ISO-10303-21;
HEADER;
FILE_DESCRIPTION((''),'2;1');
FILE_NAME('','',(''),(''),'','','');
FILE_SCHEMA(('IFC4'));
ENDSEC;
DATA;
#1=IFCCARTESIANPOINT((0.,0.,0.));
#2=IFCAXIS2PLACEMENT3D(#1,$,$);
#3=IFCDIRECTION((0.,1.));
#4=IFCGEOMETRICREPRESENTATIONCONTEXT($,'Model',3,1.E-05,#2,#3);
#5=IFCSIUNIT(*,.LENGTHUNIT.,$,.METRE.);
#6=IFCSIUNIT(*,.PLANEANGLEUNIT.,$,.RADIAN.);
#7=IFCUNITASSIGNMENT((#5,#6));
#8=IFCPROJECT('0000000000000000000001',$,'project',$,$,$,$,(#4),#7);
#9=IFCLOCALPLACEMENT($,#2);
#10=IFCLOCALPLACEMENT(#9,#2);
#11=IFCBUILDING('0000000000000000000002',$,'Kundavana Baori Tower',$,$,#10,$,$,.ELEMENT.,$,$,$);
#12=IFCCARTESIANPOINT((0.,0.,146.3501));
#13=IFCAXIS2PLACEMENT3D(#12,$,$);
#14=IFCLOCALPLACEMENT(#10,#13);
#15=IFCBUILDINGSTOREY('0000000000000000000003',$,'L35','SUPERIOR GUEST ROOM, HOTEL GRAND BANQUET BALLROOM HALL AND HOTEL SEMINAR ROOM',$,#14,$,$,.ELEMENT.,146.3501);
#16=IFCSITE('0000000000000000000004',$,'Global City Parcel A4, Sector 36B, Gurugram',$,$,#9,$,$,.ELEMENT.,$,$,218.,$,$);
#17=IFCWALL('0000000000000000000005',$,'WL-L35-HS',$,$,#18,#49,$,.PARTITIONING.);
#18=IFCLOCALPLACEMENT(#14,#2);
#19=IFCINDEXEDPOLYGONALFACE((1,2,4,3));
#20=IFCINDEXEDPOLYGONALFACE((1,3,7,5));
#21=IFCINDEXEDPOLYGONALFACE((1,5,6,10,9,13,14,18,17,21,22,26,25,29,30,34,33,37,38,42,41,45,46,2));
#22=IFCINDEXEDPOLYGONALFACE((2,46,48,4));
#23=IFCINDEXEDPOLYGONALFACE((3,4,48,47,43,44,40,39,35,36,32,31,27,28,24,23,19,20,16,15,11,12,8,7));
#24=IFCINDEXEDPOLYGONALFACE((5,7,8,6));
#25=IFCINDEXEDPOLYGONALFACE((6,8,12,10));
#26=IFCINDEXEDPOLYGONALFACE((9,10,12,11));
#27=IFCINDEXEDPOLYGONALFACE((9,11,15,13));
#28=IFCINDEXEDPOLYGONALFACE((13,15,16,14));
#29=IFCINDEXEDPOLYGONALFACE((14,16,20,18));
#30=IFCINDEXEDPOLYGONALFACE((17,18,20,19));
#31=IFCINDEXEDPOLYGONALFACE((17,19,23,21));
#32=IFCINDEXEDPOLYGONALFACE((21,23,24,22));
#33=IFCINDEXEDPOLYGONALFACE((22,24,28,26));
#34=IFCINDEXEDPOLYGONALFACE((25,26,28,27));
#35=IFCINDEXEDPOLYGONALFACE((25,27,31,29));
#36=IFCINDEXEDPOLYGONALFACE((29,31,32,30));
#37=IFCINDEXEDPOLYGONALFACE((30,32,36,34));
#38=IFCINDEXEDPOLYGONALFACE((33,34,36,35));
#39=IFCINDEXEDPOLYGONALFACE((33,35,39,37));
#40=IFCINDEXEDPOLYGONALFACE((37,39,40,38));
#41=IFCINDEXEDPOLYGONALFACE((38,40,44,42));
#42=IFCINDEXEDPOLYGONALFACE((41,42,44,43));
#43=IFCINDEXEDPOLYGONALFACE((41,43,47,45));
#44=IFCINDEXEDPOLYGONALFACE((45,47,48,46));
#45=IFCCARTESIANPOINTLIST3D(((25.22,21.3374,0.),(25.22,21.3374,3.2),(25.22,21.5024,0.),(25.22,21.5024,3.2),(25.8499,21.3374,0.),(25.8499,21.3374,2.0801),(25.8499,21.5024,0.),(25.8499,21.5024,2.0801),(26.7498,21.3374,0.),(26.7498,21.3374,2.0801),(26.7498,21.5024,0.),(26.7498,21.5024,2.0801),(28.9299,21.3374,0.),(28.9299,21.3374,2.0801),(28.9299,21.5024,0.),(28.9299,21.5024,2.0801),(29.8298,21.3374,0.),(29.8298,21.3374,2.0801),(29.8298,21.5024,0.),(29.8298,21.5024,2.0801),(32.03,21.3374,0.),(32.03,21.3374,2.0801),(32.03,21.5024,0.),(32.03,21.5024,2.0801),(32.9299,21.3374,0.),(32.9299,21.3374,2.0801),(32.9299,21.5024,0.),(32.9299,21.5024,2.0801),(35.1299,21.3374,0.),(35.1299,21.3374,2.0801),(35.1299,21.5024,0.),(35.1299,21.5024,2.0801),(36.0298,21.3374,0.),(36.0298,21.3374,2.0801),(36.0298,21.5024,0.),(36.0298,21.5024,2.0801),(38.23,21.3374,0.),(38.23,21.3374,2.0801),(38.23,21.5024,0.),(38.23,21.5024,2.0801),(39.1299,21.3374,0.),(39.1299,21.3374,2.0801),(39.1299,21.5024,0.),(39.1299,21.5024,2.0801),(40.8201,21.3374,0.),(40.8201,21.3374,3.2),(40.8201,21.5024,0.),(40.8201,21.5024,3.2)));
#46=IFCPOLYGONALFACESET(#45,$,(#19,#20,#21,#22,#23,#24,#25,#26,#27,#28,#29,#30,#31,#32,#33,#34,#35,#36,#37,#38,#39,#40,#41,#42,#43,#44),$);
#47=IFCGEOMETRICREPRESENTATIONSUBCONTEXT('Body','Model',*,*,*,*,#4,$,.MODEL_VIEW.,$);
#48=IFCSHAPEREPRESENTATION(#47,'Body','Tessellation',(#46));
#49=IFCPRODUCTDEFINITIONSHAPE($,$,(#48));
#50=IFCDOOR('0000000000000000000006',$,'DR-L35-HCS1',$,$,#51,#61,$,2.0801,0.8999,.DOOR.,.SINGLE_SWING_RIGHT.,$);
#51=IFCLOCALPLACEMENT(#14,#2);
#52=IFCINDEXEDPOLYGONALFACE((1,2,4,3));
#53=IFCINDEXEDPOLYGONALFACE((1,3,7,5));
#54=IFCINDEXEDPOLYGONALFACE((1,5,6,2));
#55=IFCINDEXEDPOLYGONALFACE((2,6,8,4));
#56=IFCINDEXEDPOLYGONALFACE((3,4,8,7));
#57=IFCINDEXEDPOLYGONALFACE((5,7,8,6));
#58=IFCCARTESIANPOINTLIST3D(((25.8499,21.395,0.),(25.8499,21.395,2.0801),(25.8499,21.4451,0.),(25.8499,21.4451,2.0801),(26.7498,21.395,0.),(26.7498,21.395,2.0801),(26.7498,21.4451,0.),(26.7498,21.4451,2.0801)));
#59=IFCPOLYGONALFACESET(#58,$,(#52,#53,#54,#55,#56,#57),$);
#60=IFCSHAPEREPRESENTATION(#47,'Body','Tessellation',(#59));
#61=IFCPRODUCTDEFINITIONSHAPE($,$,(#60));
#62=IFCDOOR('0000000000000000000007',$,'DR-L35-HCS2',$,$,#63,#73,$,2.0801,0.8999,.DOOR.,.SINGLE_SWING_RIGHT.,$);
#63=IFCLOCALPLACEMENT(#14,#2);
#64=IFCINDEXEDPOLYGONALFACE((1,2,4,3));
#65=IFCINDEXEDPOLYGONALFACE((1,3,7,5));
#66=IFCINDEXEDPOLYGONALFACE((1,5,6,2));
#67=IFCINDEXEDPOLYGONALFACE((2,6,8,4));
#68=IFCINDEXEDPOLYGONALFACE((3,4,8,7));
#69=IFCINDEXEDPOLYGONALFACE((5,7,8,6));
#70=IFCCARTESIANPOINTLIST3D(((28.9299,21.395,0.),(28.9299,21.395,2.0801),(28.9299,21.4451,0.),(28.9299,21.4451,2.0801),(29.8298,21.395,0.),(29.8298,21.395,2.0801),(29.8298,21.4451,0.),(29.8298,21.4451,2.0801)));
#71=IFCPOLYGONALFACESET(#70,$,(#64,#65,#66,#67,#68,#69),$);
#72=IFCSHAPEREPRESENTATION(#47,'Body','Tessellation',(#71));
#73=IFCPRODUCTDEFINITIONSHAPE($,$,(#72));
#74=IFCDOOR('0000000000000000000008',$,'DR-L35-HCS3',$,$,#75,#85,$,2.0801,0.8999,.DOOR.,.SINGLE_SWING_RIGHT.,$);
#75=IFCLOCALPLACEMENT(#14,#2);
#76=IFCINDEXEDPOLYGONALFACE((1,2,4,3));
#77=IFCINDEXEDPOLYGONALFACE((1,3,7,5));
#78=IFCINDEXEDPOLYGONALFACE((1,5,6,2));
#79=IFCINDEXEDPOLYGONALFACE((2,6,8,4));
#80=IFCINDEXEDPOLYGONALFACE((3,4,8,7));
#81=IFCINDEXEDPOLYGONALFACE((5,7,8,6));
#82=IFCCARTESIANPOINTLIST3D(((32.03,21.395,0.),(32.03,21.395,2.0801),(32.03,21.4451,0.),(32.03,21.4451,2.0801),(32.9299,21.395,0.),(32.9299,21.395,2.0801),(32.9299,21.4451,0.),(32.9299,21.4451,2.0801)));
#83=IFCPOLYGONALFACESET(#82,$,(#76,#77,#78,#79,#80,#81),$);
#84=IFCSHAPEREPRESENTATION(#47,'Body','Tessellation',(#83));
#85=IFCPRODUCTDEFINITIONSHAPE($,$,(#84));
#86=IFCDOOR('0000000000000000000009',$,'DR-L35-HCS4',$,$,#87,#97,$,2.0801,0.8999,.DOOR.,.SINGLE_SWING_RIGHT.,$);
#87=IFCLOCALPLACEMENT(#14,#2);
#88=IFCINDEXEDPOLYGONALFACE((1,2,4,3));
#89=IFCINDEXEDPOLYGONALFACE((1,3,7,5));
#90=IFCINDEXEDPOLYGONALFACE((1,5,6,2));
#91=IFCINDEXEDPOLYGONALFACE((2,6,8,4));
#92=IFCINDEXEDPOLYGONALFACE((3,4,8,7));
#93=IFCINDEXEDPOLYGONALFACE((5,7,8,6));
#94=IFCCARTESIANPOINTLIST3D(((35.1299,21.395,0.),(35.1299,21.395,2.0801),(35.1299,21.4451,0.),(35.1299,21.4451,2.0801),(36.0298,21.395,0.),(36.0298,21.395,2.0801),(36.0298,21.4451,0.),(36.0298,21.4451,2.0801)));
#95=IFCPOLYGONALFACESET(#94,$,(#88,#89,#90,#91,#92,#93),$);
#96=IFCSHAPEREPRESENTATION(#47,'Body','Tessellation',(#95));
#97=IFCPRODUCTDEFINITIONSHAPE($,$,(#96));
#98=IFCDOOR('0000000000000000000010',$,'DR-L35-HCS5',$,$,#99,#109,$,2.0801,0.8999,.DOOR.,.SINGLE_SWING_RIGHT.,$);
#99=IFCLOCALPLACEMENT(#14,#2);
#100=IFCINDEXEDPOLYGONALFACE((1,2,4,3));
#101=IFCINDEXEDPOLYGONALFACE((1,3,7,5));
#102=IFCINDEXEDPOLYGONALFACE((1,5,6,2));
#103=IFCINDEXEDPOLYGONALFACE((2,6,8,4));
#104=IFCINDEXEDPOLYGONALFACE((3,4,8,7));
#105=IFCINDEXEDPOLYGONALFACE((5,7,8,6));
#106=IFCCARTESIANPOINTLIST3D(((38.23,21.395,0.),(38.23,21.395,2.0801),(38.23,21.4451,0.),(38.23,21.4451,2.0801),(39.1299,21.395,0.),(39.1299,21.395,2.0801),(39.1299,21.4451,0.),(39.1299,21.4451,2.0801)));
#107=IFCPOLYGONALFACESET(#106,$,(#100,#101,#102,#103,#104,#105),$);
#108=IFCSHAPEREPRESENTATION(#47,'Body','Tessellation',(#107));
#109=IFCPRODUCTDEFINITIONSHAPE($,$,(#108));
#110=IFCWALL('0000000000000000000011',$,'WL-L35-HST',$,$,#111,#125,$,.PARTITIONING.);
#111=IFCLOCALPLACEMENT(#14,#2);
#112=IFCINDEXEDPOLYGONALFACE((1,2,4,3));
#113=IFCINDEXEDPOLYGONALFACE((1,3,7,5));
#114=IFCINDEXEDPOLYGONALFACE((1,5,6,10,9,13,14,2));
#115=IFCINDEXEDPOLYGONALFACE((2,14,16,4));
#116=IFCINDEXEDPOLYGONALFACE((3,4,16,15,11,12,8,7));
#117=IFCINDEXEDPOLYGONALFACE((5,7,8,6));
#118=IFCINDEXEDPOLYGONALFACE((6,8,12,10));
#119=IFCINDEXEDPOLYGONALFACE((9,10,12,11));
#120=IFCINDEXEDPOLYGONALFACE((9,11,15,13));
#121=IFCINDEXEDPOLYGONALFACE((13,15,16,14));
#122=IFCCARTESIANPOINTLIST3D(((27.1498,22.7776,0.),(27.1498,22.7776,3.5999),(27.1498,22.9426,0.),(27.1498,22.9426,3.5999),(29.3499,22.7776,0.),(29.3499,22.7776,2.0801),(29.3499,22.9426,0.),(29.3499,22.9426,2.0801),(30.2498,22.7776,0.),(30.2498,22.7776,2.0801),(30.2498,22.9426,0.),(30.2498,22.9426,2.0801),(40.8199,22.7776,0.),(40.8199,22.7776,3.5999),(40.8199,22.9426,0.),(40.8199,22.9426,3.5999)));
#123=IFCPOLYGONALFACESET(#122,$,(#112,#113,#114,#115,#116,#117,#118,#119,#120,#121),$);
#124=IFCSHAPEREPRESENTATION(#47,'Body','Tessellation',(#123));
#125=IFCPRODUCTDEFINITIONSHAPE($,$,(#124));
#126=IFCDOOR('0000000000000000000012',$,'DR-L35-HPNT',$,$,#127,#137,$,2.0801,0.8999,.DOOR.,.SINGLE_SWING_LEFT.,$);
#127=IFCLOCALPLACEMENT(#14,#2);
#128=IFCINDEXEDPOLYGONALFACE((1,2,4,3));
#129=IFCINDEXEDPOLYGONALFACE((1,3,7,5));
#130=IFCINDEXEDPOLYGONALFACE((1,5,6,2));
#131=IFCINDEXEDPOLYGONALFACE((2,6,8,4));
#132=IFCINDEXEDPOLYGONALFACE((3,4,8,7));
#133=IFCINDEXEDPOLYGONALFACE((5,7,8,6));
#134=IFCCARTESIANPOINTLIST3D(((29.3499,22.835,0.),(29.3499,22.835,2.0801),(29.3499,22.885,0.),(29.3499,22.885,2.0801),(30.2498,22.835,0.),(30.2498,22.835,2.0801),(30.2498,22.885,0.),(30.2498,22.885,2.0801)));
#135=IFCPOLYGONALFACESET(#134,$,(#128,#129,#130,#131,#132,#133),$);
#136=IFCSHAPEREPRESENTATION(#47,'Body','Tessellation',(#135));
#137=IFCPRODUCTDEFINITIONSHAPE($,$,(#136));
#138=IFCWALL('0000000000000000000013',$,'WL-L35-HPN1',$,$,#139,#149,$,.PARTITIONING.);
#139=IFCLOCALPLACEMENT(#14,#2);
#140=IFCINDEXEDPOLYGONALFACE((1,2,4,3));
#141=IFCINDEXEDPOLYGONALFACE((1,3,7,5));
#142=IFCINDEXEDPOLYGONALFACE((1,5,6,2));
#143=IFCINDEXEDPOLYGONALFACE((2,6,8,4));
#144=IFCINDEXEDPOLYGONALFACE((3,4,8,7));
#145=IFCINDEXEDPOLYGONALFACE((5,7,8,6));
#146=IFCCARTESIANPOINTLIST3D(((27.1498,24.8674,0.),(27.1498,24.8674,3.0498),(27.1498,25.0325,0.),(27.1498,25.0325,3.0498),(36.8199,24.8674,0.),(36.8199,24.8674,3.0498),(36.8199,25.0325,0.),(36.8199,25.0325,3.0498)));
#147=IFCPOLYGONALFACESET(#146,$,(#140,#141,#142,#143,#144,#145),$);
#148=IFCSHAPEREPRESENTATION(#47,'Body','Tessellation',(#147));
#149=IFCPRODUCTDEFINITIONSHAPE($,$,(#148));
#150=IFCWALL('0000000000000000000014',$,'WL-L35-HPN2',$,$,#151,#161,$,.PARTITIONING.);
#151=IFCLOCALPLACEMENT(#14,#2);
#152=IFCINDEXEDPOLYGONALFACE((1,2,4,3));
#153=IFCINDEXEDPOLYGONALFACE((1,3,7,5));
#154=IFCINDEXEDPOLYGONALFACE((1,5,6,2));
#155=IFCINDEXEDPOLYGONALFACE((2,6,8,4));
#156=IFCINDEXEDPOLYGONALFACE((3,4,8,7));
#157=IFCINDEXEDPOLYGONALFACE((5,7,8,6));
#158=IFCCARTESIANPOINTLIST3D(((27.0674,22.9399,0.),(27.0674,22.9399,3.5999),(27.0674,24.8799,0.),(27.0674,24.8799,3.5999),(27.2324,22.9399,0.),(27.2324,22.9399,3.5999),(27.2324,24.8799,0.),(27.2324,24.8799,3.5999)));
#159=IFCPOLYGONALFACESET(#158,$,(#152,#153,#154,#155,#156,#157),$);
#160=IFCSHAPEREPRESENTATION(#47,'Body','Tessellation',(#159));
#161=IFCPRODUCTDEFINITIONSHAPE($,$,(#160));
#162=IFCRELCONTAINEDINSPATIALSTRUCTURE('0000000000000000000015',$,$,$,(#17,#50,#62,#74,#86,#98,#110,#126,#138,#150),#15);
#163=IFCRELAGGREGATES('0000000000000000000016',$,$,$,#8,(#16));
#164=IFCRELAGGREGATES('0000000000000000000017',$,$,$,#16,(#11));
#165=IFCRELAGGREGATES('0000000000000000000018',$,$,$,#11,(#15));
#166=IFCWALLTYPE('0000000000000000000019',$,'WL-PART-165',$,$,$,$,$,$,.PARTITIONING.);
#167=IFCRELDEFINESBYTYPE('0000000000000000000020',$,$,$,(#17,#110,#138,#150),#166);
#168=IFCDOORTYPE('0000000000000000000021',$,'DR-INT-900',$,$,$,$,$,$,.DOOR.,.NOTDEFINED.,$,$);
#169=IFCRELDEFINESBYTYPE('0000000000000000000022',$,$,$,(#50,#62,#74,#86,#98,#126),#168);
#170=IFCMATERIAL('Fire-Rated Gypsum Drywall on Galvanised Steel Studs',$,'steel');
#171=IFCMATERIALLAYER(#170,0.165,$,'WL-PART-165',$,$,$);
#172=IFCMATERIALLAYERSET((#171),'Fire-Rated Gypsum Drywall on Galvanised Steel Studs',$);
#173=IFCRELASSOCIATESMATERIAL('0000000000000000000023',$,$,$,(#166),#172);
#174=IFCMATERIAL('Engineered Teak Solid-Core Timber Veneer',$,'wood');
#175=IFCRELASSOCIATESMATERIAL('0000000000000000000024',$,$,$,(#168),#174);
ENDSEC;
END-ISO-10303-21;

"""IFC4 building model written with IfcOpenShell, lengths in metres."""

from ifc_helpers import new_model, si_unit, direction, frame, frame_2d, origin, place, context, subcontext, project, spatial, rectangle, extrude, material, layer, layer_set, type_object, element, fill, save


model = new_model("IFC4")

# Units and contexts
model_context = context("Model", 3, precision=1e-05, world=origin(), true_north=direction((0.0, 1.0)))
body_context = subcontext(model_context, "Body", "Model", "MODEL_VIEW")
ifc_project = project(units=[si_unit("LENGTHUNIT", "METRE"), si_unit("PLANEANGLEUNIT", "RADIAN")], contexts=[model_context])

# Site, building, storey
site_placement = place(None, origin())
site = spatial("IfcSite", under=ifc_project, at=site_placement, Name="Global City Parcel A4, Sector 36B, Gurugram", CompositionType="ELEMENT", RefElevation=218.0)
building_placement = place(site_placement, origin())
building = spatial("IfcBuilding", under=site, at=building_placement, Name="Kundavana Baori Tower", CompositionType="ELEMENT")
storey_placement = place(building_placement, frame((0.0, 0.0, 146.3501)))
storey = spatial("IfcBuildingStorey", under=building, at=storey_placement, Name="L35", Description="SUPERIOR GUEST ROOM, HOTEL GRAND BANQUET BALLROOM HALL AND HOTEL SEMINAR ROOM", CompositionType="ELEMENT", Elevation=146.3501)

# Wall, openings, doors
ifc_material_1 = material(Name="Fire-Rated Gypsum Drywall on Galvanised Steel Studs", Category="steel")
ifc_layer = layer(ifc_material_1, 0.165, Name="WL-PART-165")
ifc_layer_set = layer_set([ifc_layer], Name="Fire-Rated Gypsum Drywall on Galvanised Steel Studs")
wall_type = type_object("IfcWallType", Name="WL-PART-165", PredefinedType="PARTITIONING", material=ifc_layer_set)
wall_1_placement = place(storey_placement, frame((25.22, 21.4199, 0.0), z_axis=(0.0, 0.0, 1.0), x_axis=(1.0, 0.0, 0.0)))
wall_1 = element("IfcWall", 1, at=wall_1_placement, inside=storey, type_object=wall_type, Name="WL-L35-HS", PredefinedType="PARTITIONING", context=body_context, shape_type="SweptSolid", body=[
    extrude(rectangle(XDim=15.6001, YDim=0.165, at=frame_2d((7.8, 0.0))), origin(), (0.0, 0.0, 1.0), 3.2),
])
opening_1_placement = place(wall_1_placement, frame((0.6299, 0.0, 0.0)))
opening_1 = element("IfcOpeningElement", 2, at=opening_1_placement, cuts=wall_1, PredefinedType="OPENING", context=body_context, shape_type="SweptSolid", body=[
    extrude(rectangle(XDim=0.8999, YDim=2.0801, at=frame_2d((0.45, 1.04))), frame((0.0, 0.0925, 0.0), z_axis=(0.0, -1.0, 0.0), x_axis=(1.0, 0.0, 0.0)), (0.0, 0.0, 1.0), 0.1851),
])
opening_2_placement = place(wall_1_placement, frame((3.71, 0.0, 0.0)))
opening_2 = element("IfcOpeningElement", 3, at=opening_2_placement, cuts=wall_1, PredefinedType="OPENING", context=body_context, shape_type="SweptSolid", body=[
    extrude(rectangle(XDim=0.8999, YDim=2.0801, at=frame_2d((0.45, 1.04))), frame((0.0, 0.0925, 0.0), z_axis=(0.0, -1.0, 0.0), x_axis=(1.0, 0.0, 0.0)), (0.0, 0.0, 1.0), 0.1851),
])
opening_3_placement = place(wall_1_placement, frame((6.8101, 0.0, 0.0)))
opening_3 = element("IfcOpeningElement", 4, at=opening_3_placement, cuts=wall_1, PredefinedType="OPENING", context=body_context, shape_type="SweptSolid", body=[
    extrude(rectangle(XDim=0.8999, YDim=2.0801, at=frame_2d((0.45, 1.04))), frame((0.0, 0.0925, 0.0), z_axis=(0.0, -1.0, 0.0), x_axis=(1.0, 0.0, 0.0)), (0.0, 0.0, 1.0), 0.1851),
])
opening_4_placement = place(wall_1_placement, frame((9.9099, 0.0, 0.0)))
opening_4 = element("IfcOpeningElement", 5, at=opening_4_placement, cuts=wall_1, PredefinedType="OPENING", context=body_context, shape_type="SweptSolid", body=[
    extrude(rectangle(XDim=0.8999, YDim=2.0801, at=frame_2d((0.45, 1.04))), frame((0.0, 0.0925, 0.0), z_axis=(0.0, -1.0, 0.0), x_axis=(1.0, 0.0, 0.0)), (0.0, 0.0, 1.0), 0.1851),
])
opening_5_placement = place(wall_1_placement, frame((13.01, 0.0, 0.0)))
opening_5 = element("IfcOpeningElement", 6, at=opening_5_placement, cuts=wall_1, PredefinedType="OPENING", context=body_context, shape_type="SweptSolid", body=[
    extrude(rectangle(XDim=0.8999, YDim=2.0801, at=frame_2d((0.45, 1.04))), frame((0.0, 0.0925, 0.0), z_axis=(0.0, -1.0, 0.0), x_axis=(1.0, 0.0, 0.0)), (0.0, 0.0, 1.0), 0.1851),
])
ifc_material_2 = material(Name="Engineered Teak Solid-Core Timber Veneer", Category="wood")
door_type_1 = type_object("IfcDoorType", Name="DR-INT-900", OperationType="NOTDEFINED", PredefinedType="DOOR", material=ifc_material_2)
door_1_placement = place(opening_1_placement, frame((0.8999, 0.0, 0.0), z_axis=(0.0, 0.0, 1.0), x_axis=(-1.0, 0.0, 0.0)))
door_1 = element("IfcDoor", 7, at=door_1_placement, inside=storey, type_object=door_type_1, Name="DR-L35-HCS1", OperationType="SINGLE_SWING_RIGHT", OverallHeight=2.0801, OverallWidth=0.8999, PredefinedType="DOOR", context=body_context, shape_type="SweptSolid", body=[
    extrude(rectangle(XDim=0.8999, YDim=2.0801, at=frame_2d((0.45, 1.04))), frame((0.0, 0.0249, 0.0), z_axis=(0.0, -1.0, 0.0), x_axis=(1.0, 0.0, 0.0)), (0.0, 0.0, 1.0), 0.05),
])
fill(opening_1, door_1)
door_2_placement = place(opening_2_placement, frame((0.8999, 0.0, 0.0), z_axis=(0.0, 0.0, 1.0), x_axis=(-1.0, 0.0, 0.0)))
door_2 = element("IfcDoor", 8, at=door_2_placement, inside=storey, type_object=door_type_1, Name="DR-L35-HCS2", OperationType="SINGLE_SWING_RIGHT", OverallHeight=2.0801, OverallWidth=0.8999, PredefinedType="DOOR", context=body_context, shape_type="SweptSolid", body=[
    extrude(rectangle(XDim=0.8999, YDim=2.0801, at=frame_2d((0.45, 1.04))), frame((0.0, 0.0249, 0.0), z_axis=(0.0, -1.0, 0.0), x_axis=(1.0, 0.0, 0.0)), (0.0, 0.0, 1.0), 0.05),
])
fill(opening_2, door_2)
door_3_placement = place(opening_3_placement, frame((0.8999, 0.0, 0.0), z_axis=(0.0, 0.0, 1.0), x_axis=(-1.0, 0.0, 0.0)))
door_3 = element("IfcDoor", 9, at=door_3_placement, inside=storey, type_object=door_type_1, Name="DR-L35-HCS3", OperationType="SINGLE_SWING_RIGHT", OverallHeight=2.0801, OverallWidth=0.8999, PredefinedType="DOOR", context=body_context, shape_type="SweptSolid", body=[
    extrude(rectangle(XDim=0.8999, YDim=2.0801, at=frame_2d((0.45, 1.04))), frame((0.0, 0.0249, 0.0), z_axis=(0.0, -1.0, 0.0), x_axis=(1.0, 0.0, 0.0)), (0.0, 0.0, 1.0), 0.05),
])
fill(opening_3, door_3)
door_4_placement = place(opening_4_placement, frame((0.8999, 0.0, 0.0), z_axis=(0.0, 0.0, 1.0), x_axis=(-1.0, 0.0, 0.0)))
door_4 = element("IfcDoor", 10, at=door_4_placement, inside=storey, type_object=door_type_1, Name="DR-L35-HCS4", OperationType="SINGLE_SWING_RIGHT", OverallHeight=2.0801, OverallWidth=0.8999, PredefinedType="DOOR", context=body_context, shape_type="SweptSolid", body=[
    extrude(rectangle(XDim=0.8999, YDim=2.0801, at=frame_2d((0.45, 1.04))), frame((0.0, 0.0249, 0.0), z_axis=(0.0, -1.0, 0.0), x_axis=(1.0, 0.0, 0.0)), (0.0, 0.0, 1.0), 0.05),
])
fill(opening_4, door_4)
door_5_placement = place(opening_5_placement, frame((0.8999, 0.0, 0.0), z_axis=(0.0, 0.0, 1.0), x_axis=(-1.0, 0.0, 0.0)))
door_5 = element("IfcDoor", 11, at=door_5_placement, inside=storey, type_object=door_type_1, Name="DR-L35-HCS5", OperationType="SINGLE_SWING_RIGHT", OverallHeight=2.0801, OverallWidth=0.8999, PredefinedType="DOOR", context=body_context, shape_type="SweptSolid", body=[
    extrude(rectangle(XDim=0.8999, YDim=2.0801, at=frame_2d((0.45, 1.04))), frame((0.0, 0.0249, 0.0), z_axis=(0.0, -1.0, 0.0), x_axis=(1.0, 0.0, 0.0)), (0.0, 0.0, 1.0), 0.05),
])
fill(opening_5, door_5)

# Wall, opening, door
wall_2_placement = place(storey_placement, frame((27.1499, 22.8601, 0.0), z_axis=(0.0, 0.0, 1.0), x_axis=(1.0, 0.0, 0.0)))
wall_2 = element("IfcWall", 12, at=wall_2_placement, inside=storey, type_object=wall_type, Name="WL-L35-HST", PredefinedType="PARTITIONING", context=body_context, shape_type="SweptSolid", body=[
    extrude(rectangle(XDim=13.6702, YDim=0.165, at=frame_2d((6.835, 0.0))), origin(), (0.0, 0.0, 1.0), 3.5999),
])
opening_6_placement = place(wall_2_placement, frame((2.2, 0.0, 0.0)))
opening_6 = element("IfcOpeningElement", 13, at=opening_6_placement, cuts=wall_2, PredefinedType="OPENING", context=body_context, shape_type="SweptSolid", body=[
    extrude(rectangle(XDim=0.8999, YDim=2.0801, at=frame_2d((0.45, 1.04))), frame((0.0, 0.0925, 0.0), z_axis=(0.0, -1.0, 0.0), x_axis=(1.0, 0.0, 0.0)), (0.0, 0.0, 1.0), 0.1851),
])
door_6_placement = place(opening_6_placement, origin())
door_6 = element("IfcDoor", 14, at=door_6_placement, inside=storey, type_object=door_type_1, Name="DR-L35-HPNT", OperationType="SINGLE_SWING_LEFT", OverallHeight=2.0801, OverallWidth=0.8999, PredefinedType="DOOR", context=body_context, shape_type="SweptSolid", body=[
    extrude(rectangle(XDim=0.8999, YDim=2.0801, at=frame_2d((0.45, 1.04))), frame((0.0, 0.0249, 0.0), z_axis=(0.0, -1.0, 0.0), x_axis=(1.0, 0.0, 0.0)), (0.0, 0.0, 1.0), 0.05),
])
fill(opening_6, door_6)

# Walls
wall_3_placement = place(storey_placement, frame((27.1499, 24.95, 0.0), z_axis=(0.0, 0.0, 1.0), x_axis=(1.0, 0.0, 0.0)))
element("IfcWall", 15, at=wall_3_placement, inside=storey, type_object=wall_type, Name="WL-L35-HPN1", PredefinedType="PARTITIONING", context=body_context, shape_type="SweptSolid", body=[
    extrude(rectangle(XDim=9.6702, YDim=0.165, at=frame_2d((4.835, 0.0))), origin(), (0.0, 0.0, 1.0), 3.0498),
])
wall_4_placement = place(storey_placement, frame((27.1499, 22.9399, 0.0), z_axis=(0.0, 0.0, 1.0), x_axis=(0.0, 1.0, 0.0)))
element("IfcWall", 16, at=wall_4_placement, inside=storey, type_object=wall_type, Name="WL-L35-HPN2", PredefinedType="PARTITIONING", context=body_context, shape_type="SweptSolid", body=[
    extrude(rectangle(XDim=1.9399, YDim=0.165, at=frame_2d((0.97, 0.0))), origin(), (0.0, 0.0, 1.0), 3.5999),
])

save(model, "model.ifc")
